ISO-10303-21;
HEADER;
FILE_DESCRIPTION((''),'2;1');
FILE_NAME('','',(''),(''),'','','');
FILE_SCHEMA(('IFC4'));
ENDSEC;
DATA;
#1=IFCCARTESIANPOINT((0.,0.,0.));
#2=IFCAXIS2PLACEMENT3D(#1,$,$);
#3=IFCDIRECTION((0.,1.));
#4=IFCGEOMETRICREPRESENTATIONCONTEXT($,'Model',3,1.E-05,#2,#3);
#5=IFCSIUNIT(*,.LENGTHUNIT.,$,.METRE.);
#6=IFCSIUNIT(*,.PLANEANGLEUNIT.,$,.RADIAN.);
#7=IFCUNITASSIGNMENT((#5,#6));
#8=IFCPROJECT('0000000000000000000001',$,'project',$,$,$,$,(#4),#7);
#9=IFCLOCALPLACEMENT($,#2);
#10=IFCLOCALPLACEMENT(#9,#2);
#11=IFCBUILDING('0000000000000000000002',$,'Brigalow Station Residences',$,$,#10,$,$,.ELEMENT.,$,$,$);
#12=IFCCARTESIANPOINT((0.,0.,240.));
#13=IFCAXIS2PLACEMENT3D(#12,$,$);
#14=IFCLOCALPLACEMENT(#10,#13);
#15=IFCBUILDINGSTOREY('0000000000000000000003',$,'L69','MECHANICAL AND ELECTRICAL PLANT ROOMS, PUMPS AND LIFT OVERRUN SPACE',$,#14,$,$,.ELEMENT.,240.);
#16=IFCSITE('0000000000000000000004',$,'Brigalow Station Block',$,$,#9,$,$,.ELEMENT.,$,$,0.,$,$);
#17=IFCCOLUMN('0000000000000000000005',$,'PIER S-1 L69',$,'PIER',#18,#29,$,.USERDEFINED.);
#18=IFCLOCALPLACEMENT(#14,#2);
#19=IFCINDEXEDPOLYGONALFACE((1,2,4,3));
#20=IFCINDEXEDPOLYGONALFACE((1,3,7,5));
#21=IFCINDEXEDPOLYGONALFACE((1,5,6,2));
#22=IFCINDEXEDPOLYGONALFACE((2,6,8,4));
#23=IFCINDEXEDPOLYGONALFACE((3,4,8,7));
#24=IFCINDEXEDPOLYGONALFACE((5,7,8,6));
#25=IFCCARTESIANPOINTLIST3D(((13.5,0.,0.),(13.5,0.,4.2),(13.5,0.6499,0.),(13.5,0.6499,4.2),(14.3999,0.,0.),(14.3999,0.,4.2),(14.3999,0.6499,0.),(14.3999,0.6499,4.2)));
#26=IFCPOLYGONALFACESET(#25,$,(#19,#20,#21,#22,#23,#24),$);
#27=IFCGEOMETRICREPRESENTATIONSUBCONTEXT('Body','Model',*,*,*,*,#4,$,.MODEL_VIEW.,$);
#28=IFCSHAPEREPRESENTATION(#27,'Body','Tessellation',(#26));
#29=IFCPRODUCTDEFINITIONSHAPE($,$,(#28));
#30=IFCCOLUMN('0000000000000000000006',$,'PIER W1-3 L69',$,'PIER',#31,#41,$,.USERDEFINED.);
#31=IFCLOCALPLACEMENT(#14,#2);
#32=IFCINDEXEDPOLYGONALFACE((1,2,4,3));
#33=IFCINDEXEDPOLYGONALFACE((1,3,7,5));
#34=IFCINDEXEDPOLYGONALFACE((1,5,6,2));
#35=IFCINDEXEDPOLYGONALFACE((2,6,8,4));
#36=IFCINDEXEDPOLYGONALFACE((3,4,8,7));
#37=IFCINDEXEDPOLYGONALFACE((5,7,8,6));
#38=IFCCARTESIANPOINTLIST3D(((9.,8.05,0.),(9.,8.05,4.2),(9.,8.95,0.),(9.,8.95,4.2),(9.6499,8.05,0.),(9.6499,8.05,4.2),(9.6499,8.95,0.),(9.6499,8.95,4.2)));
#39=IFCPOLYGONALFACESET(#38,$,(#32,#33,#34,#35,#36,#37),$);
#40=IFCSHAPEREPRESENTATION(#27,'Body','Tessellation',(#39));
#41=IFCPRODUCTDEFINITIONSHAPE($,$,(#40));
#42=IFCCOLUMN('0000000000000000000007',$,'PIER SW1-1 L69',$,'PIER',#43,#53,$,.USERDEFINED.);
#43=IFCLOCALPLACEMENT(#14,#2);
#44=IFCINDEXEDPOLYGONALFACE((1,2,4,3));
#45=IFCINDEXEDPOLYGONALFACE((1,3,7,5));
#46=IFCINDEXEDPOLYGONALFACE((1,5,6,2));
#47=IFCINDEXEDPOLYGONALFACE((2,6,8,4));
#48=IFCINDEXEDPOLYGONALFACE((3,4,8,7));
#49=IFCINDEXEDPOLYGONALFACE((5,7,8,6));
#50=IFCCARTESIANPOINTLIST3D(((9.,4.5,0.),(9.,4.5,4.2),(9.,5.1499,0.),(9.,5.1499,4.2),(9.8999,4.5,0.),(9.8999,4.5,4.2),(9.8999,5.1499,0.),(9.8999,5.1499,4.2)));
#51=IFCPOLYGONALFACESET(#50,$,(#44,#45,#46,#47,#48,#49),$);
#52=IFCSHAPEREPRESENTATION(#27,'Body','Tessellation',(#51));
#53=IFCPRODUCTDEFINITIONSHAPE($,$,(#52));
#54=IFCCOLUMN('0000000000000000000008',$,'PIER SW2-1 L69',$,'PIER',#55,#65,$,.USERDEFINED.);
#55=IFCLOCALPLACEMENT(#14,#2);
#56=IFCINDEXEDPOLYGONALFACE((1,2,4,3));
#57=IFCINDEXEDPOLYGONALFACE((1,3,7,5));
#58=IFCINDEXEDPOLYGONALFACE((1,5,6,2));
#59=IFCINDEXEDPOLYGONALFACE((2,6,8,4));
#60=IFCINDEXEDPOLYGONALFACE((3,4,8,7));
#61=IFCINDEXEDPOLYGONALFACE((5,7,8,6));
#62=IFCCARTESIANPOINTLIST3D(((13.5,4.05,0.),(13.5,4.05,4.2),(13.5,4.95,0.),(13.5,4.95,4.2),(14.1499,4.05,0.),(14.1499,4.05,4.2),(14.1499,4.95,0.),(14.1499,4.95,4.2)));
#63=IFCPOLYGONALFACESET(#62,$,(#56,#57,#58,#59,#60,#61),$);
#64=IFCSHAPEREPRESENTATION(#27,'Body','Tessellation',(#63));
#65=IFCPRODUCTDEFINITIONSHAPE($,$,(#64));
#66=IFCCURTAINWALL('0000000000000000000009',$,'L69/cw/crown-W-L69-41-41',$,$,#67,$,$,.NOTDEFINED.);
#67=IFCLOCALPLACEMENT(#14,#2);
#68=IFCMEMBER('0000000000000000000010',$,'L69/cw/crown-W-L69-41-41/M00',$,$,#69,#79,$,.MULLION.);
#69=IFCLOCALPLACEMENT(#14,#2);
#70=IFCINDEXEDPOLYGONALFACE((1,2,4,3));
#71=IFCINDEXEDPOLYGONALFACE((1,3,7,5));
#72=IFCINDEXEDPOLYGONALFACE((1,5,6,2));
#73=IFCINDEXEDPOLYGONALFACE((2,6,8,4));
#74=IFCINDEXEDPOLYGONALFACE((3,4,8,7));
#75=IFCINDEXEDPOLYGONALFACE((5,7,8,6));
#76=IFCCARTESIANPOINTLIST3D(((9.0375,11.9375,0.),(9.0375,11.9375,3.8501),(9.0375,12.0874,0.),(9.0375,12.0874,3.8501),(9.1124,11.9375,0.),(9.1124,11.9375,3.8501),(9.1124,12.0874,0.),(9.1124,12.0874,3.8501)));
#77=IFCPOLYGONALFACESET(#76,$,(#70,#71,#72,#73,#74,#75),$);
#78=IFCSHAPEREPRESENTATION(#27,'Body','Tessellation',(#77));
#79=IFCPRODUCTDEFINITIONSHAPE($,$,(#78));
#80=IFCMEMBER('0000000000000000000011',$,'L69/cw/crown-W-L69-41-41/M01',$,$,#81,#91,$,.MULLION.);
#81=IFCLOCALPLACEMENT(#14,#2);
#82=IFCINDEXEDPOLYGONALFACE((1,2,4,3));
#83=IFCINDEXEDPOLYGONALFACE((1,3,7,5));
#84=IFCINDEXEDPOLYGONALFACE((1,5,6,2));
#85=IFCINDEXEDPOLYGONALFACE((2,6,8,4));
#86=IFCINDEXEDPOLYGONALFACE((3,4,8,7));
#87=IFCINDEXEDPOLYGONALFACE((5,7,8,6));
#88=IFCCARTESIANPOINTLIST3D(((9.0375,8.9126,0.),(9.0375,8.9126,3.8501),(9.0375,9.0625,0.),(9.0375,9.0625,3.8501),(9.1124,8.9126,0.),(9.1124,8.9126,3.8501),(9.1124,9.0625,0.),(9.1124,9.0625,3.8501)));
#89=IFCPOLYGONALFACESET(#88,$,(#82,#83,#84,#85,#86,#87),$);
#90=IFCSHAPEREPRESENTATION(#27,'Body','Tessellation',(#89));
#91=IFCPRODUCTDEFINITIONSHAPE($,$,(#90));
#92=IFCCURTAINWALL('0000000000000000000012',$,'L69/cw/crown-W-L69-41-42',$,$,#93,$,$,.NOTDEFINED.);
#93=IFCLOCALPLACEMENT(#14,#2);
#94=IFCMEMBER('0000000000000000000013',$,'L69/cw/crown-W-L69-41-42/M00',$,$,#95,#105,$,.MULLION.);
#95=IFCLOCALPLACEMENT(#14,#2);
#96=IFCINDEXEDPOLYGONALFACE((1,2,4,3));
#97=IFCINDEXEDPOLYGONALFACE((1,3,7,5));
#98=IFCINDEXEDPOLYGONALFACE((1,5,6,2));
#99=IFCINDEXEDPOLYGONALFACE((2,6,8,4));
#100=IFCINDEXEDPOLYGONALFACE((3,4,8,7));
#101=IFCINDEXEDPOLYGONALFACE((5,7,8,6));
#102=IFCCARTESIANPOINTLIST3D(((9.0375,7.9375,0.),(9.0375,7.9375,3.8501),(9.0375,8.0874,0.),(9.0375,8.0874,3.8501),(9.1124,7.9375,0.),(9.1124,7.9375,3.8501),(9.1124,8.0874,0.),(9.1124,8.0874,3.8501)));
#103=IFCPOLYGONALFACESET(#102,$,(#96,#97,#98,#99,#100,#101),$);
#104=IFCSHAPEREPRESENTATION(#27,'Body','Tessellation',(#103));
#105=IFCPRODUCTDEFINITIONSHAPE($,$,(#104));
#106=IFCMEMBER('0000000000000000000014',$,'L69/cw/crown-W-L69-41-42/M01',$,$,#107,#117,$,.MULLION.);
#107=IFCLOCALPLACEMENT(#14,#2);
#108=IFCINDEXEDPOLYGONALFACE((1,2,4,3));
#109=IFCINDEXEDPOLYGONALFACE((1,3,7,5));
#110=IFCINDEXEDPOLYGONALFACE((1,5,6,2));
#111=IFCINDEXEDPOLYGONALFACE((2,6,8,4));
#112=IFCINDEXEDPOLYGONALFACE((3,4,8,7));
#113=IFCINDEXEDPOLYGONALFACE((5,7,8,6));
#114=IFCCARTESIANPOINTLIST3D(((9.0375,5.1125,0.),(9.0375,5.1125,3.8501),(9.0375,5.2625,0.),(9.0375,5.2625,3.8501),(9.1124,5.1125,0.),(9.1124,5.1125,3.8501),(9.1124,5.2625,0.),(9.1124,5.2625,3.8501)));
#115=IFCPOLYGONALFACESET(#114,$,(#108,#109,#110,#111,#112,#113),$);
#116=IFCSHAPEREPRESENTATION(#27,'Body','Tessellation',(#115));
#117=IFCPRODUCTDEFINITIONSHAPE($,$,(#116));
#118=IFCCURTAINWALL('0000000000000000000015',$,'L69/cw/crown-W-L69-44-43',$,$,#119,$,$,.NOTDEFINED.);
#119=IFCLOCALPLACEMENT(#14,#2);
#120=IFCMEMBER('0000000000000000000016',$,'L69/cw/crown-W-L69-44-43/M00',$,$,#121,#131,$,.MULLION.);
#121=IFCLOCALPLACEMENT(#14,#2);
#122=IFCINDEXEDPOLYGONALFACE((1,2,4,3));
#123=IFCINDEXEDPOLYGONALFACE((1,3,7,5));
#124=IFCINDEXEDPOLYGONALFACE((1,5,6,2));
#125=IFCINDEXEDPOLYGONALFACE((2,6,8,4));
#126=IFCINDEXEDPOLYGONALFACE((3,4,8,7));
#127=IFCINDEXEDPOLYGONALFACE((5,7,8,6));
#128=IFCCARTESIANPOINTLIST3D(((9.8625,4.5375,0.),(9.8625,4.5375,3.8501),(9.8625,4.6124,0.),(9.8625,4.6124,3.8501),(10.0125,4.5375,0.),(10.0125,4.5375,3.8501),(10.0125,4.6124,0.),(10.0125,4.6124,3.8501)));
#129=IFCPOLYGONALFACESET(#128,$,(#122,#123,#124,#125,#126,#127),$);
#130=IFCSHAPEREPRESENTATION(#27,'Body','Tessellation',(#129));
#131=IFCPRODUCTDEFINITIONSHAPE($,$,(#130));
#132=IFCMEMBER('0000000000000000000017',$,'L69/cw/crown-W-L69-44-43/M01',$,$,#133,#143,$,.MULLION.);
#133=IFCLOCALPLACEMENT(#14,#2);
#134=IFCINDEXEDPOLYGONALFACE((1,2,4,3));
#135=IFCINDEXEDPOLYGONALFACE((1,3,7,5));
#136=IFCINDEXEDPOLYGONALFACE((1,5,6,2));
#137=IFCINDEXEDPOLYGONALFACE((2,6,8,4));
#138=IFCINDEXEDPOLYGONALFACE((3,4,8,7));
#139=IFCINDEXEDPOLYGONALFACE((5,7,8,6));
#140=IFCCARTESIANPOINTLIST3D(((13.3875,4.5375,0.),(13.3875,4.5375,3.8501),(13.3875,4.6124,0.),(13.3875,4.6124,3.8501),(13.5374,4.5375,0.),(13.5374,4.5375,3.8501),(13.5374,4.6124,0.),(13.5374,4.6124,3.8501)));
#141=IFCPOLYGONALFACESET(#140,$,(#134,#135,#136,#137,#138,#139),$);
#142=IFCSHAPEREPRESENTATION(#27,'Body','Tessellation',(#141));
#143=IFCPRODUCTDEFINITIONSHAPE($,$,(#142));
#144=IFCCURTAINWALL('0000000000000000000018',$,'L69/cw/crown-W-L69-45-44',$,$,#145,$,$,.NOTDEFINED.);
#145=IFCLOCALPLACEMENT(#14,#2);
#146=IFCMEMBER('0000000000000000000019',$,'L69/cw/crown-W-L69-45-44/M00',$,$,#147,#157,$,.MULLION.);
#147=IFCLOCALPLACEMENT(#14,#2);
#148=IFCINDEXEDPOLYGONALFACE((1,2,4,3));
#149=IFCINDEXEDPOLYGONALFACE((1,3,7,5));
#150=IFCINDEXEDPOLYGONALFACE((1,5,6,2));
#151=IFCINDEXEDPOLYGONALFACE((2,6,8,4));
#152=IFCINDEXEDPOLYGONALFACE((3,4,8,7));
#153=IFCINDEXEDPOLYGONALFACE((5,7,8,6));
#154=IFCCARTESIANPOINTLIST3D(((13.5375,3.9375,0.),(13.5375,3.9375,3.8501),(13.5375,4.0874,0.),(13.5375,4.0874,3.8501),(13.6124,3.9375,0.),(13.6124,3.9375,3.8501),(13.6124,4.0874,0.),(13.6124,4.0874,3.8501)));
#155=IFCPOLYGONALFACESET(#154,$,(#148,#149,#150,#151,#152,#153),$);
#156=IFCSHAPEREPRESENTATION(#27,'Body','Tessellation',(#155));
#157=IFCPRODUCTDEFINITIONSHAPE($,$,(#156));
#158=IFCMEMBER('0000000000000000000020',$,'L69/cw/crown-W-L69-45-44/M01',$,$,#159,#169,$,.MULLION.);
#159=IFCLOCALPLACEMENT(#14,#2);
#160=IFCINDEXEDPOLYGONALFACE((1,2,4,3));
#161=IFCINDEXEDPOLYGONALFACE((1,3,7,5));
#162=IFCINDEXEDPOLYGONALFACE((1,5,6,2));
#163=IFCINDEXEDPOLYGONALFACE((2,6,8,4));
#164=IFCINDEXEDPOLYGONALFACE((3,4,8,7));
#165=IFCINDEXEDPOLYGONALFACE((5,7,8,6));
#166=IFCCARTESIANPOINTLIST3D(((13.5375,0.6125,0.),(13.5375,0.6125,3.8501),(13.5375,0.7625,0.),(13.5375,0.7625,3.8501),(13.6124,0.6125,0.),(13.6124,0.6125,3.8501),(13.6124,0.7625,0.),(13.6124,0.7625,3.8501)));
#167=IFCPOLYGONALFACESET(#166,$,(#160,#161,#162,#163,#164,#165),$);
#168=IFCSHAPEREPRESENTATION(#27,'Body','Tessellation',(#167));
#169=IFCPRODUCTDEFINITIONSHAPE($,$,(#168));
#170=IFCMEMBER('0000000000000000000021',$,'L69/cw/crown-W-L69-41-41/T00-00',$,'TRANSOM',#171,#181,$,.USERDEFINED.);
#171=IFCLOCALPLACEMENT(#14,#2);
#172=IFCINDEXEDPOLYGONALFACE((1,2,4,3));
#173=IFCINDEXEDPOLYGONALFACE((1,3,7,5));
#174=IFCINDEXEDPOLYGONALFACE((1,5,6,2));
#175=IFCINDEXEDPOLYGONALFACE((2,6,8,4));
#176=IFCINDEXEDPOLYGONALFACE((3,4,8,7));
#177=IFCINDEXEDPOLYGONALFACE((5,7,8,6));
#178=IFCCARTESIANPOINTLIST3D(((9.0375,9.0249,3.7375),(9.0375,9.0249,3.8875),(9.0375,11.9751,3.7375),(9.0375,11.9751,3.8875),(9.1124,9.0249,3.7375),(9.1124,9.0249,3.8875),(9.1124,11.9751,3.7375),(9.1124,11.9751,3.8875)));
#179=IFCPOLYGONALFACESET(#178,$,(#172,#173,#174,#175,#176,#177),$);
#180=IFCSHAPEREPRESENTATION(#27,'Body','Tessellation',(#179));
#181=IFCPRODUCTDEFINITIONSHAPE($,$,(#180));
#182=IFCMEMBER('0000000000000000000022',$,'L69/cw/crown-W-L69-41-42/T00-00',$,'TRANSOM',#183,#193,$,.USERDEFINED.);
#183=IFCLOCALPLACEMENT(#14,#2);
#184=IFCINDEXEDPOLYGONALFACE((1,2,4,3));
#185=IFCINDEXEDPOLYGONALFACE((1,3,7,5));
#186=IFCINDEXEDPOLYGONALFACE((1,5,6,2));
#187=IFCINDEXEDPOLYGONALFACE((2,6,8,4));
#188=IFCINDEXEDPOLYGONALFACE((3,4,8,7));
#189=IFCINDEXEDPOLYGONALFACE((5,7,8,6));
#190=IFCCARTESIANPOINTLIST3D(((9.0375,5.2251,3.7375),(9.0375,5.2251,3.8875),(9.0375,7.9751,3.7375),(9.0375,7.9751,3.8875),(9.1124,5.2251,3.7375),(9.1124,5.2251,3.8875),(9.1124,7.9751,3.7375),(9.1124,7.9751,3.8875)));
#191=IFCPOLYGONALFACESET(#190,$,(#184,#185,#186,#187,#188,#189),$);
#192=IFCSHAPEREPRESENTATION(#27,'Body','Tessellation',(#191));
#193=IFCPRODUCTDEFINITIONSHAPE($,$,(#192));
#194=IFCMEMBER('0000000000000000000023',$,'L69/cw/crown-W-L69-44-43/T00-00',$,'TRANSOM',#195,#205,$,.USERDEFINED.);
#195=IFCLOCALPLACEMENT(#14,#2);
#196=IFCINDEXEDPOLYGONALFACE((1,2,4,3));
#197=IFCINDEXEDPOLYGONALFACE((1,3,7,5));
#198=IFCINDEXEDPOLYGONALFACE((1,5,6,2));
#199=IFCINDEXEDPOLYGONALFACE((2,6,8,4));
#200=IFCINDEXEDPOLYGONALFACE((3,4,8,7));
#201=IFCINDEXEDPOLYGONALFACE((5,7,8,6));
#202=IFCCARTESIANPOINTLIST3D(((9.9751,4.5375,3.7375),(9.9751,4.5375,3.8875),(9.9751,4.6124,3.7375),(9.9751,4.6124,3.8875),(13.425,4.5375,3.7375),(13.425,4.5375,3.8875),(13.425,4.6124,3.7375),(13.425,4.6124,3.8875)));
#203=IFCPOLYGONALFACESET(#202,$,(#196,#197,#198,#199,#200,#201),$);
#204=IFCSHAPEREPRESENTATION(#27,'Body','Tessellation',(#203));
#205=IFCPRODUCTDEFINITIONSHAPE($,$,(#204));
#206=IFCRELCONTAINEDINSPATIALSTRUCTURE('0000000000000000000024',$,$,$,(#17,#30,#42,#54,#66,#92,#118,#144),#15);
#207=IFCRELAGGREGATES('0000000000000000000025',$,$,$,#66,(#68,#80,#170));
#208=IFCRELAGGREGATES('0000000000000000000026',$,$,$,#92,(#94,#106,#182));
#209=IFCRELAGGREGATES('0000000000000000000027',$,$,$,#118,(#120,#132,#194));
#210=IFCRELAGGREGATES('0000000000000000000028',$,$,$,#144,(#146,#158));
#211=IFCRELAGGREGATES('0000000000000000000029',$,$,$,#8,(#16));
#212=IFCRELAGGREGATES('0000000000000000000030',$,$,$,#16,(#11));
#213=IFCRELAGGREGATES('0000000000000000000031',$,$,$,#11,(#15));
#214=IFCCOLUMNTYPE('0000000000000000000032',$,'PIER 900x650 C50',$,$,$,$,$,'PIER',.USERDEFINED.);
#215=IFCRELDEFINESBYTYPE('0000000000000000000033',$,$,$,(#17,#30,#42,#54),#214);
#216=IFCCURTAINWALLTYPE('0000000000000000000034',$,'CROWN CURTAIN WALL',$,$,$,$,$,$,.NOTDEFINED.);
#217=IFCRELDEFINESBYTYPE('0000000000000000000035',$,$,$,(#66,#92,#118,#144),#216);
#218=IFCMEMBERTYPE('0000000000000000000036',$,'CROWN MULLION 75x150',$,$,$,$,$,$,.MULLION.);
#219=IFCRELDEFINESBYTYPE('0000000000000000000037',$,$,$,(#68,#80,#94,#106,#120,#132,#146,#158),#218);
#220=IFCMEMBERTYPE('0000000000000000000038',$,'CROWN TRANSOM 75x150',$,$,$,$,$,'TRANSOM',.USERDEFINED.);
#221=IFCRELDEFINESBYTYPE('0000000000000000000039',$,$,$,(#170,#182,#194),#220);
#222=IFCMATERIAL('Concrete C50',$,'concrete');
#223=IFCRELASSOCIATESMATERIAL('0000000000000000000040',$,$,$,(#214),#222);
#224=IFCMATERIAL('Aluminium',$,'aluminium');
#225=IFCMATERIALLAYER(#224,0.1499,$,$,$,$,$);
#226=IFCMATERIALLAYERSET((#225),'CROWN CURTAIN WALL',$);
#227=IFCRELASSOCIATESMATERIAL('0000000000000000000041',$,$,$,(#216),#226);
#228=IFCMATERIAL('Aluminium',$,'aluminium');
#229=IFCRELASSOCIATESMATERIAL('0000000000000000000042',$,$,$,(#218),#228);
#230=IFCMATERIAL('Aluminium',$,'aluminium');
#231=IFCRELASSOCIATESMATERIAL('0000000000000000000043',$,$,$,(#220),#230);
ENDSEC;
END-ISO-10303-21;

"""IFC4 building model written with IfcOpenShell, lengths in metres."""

from ifc_helpers import new_model, si_unit, direction, frame, origin, origin_2d, place, context, subcontext, project, spatial, rectangle, extrude, material, layer, layer_set, material_profile, profile_set, type_object, element, aggregate, save


model = new_model("IFC4")

# Units and contexts
model_context = context("Model", 3, precision=1e-05, world=origin(), true_north=direction((0.0, 1.0)))
body_context = subcontext(model_context, "Body", "Model", "MODEL_VIEW")
ifc_project = project(units=[si_unit("LENGTHUNIT", "METRE"), si_unit("PLANEANGLEUNIT", "RADIAN")], contexts=[model_context])

# Site, building, storey
site_placement = place(None, origin())
site = spatial("IfcSite", under=ifc_project, at=site_placement, Name="Brigalow Station Block", CompositionType="ELEMENT", RefElevation=0.0)
building_placement = place(site_placement, origin())
building = spatial("IfcBuilding", under=site, at=building_placement, Name="Brigalow Station Residences", CompositionType="ELEMENT")
storey_placement = place(building_placement, frame((0.0, 0.0, 240.0)))
storey = spatial("IfcBuildingStorey", under=building, at=storey_placement, Name="L69", Description="MECHANICAL AND ELECTRICAL PLANT ROOMS, PUMPS AND LIFT OVERRUN SPACE", CompositionType="ELEMENT", Elevation=240.0)

# Columns
ifc_material_1 = material(Name="Concrete C50", Category="concrete")
ifc_material_profile_1 = material_profile(ifc_material_1, rectangle(XDim=0.8999, YDim=0.6499, at=origin_2d()), Name="RC900x650")
ifc_profile_set_1 = profile_set([ifc_material_profile_1], Name="Concrete C50")
column_type = type_object("IfcColumnType", Name="PIER 900x650 C50", ElementType="PIER", PredefinedType="USERDEFINED", material=ifc_profile_set_1)
for number, where, z_axis, x_axis, name in (
    (1, (13.95, 0.325, 0.0), (0.0, 0.0, 1.0), (1.0, 0.0, 0.0), "PIER S-1 L69"),
    (2, (9.325, 8.5, 0.0), (0.0, 0.0, 1.0), (0.0, -1.0, 0.0), "PIER W1-3 L69"),
    (3, (9.45, 4.825, 0.0), (0.0, 0.0, 1.0), (1.0, 0.0, 0.0), "PIER SW1-1 L69"),
    (4, (13.825, 4.5, 0.0), (0.0, 0.0, 1.0), (0.0, -1.0, 0.0), "PIER SW2-1 L69"),
):
    element("IfcColumn", number, at=place(storey_placement, frame(where, z_axis=z_axis, x_axis=x_axis)), inside=storey, type_object=column_type, Name=name, ObjectType="PIER", PredefinedType="USERDEFINED", context=body_context, shape_type="SweptSolid", body=[
        extrude(rectangle(XDim=0.8999, YDim=0.6499, at=origin_2d()), origin(), (0.0, 0.0, 1.0), 4.2),
    ])

# Curtain walls, members
ifc_material_2 = material(Name="Aluminium", Category="aluminium")
ifc_layer_1 = layer(ifc_material_2, 0.1499)
ifc_layer_set_1 = layer_set([ifc_layer_1], Name="CROWN CURTAIN WALL")
curtain_wall_type = type_object("IfcCurtainWallType", Name="CROWN CURTAIN WALL", PredefinedType="NOTDEFINED", material=ifc_layer_set_1)
curtain_wall_1_placement = place(storey_placement, origin())
curtain_wall_1 = element("IfcCurtainWall", 5, at=curtain_wall_1_placement, inside=storey, type_object=curtain_wall_type, Name="L69/cw/crown-W-L69-41-41", PredefinedType="NOTDEFINED")
ifc_material_3 = material(Name="Aluminium", Category="aluminium")
ifc_material_profile_2 = material_profile(ifc_material_3, rectangle(XDim=0.075, YDim=0.1499, at=origin_2d()), Name="CROWN MULLION 75x150")
ifc_profile_set_2 = profile_set([ifc_material_profile_2], Name="Aluminium")
member_type_1 = type_object("IfcMemberType", Name="CROWN MULLION 75x150", PredefinedType="MULLION", material=ifc_profile_set_2)
member_1_placement = place(storey_placement, frame((9.075, 12.0125, 0.0), z_axis=(0.0, 0.0, 1.0), x_axis=(1.0, 0.0, 0.0)))
member_1 = element("IfcMember", 6, at=member_1_placement, type_object=member_type_1, Name="L69/cw/crown-W-L69-41-41/M00", PredefinedType="MULLION", context=body_context, shape_type="SweptSolid", body=[
    extrude(rectangle(XDim=0.075, YDim=0.1499, at=origin_2d()), origin(), (0.0, 0.0, 1.0), 3.8501),
])
member_2_placement = place(storey_placement, frame((9.075, 8.9875, 0.0), z_axis=(0.0, 0.0, 1.0), x_axis=(1.0, 0.0, 0.0)))
member_2 = element("IfcMember", 7, at=member_2_placement, type_object=member_type_1, Name="L69/cw/crown-W-L69-41-41/M01", PredefinedType="MULLION", context=body_context, shape_type="SweptSolid", body=[
    extrude(rectangle(XDim=0.075, YDim=0.1499, at=origin_2d()), origin(), (0.0, 0.0, 1.0), 3.8501),
])
curtain_wall_2_placement = place(storey_placement, origin())
curtain_wall_2 = element("IfcCurtainWall", 8, at=curtain_wall_2_placement, inside=storey, type_object=curtain_wall_type, Name="L69/cw/crown-W-L69-41-42", PredefinedType="NOTDEFINED")
member_3_placement = place(storey_placement, frame((9.075, 8.0125, 0.0), z_axis=(0.0, 0.0, 1.0), x_axis=(1.0, 0.0, 0.0)))
member_3 = element("IfcMember", 9, at=member_3_placement, type_object=member_type_1, Name="L69/cw/crown-W-L69-41-42/M00", PredefinedType="MULLION", context=body_context, shape_type="SweptSolid", body=[
    extrude(rectangle(XDim=0.075, YDim=0.1499, at=origin_2d()), origin(), (0.0, 0.0, 1.0), 3.8501),
])
member_4_placement = place(storey_placement, frame((9.075, 5.1875, 0.0), z_axis=(0.0, 0.0, 1.0), x_axis=(1.0, 0.0, 0.0)))
member_4 = element("IfcMember", 10, at=member_4_placement, type_object=member_type_1, Name="L69/cw/crown-W-L69-41-42/M01", PredefinedType="MULLION", context=body_context, shape_type="SweptSolid", body=[
    extrude(rectangle(XDim=0.075, YDim=0.1499, at=origin_2d()), origin(), (0.0, 0.0, 1.0), 3.8501),
])
curtain_wall_3_placement = place(storey_placement, origin())
curtain_wall_3 = element("IfcCurtainWall", 11, at=curtain_wall_3_placement, inside=storey, type_object=curtain_wall_type, Name="L69/cw/crown-W-L69-44-43", PredefinedType="NOTDEFINED")
member_5_placement = place(storey_placement, frame((9.9375, 4.575, 0.0), z_axis=(0.0, 0.0, 1.0), x_axis=(0.0, 1.0, 0.0)))
member_5 = element("IfcMember", 12, at=member_5_placement, type_object=member_type_1, Name="L69/cw/crown-W-L69-44-43/M00", PredefinedType="MULLION", context=body_context, shape_type="SweptSolid", body=[
    extrude(rectangle(XDim=0.075, YDim=0.1499, at=origin_2d()), origin(), (0.0, 0.0, 1.0), 3.8501),
])
member_6_placement = place(storey_placement, frame((13.4624, 4.575, 0.0), z_axis=(0.0, 0.0, 1.0), x_axis=(0.0, 1.0, 0.0)))
member_6 = element("IfcMember", 13, at=member_6_placement, type_object=member_type_1, Name="L69/cw/crown-W-L69-44-43/M01", PredefinedType="MULLION", context=body_context, shape_type="SweptSolid", body=[
    extrude(rectangle(XDim=0.075, YDim=0.1499, at=origin_2d()), origin(), (0.0, 0.0, 1.0), 3.8501),
])
curtain_wall_4_placement = place(storey_placement, origin())
curtain_wall_4 = element("IfcCurtainWall", 14, at=curtain_wall_4_placement, inside=storey, type_object=curtain_wall_type, Name="L69/cw/crown-W-L69-45-44", PredefinedType="NOTDEFINED")
member_7_placement = place(storey_placement, frame((13.575, 4.0125, 0.0), z_axis=(0.0, 0.0, 1.0), x_axis=(1.0, 0.0, 0.0)))
member_7 = element("IfcMember", 15, at=member_7_placement, type_object=member_type_1, Name="L69/cw/crown-W-L69-45-44/M00", PredefinedType="MULLION", context=body_context, shape_type="SweptSolid", body=[
    extrude(rectangle(XDim=0.075, YDim=0.1499, at=origin_2d()), origin(), (0.0, 0.0, 1.0), 3.8501),
])
member_8_placement = place(storey_placement, frame((13.575, 0.6875, 0.0), z_axis=(0.0, 0.0, 1.0), x_axis=(1.0, 0.0, 0.0)))
member_8 = element("IfcMember", 16, at=member_8_placement, type_object=member_type_1, Name="L69/cw/crown-W-L69-45-44/M01", PredefinedType="MULLION", context=body_context, shape_type="SweptSolid", body=[
    extrude(rectangle(XDim=0.075, YDim=0.1499, at=origin_2d()), origin(), (0.0, 0.0, 1.0), 3.8501),
])

# Members
ifc_material_4 = material(Name="Aluminium", Category="aluminium")
ifc_material_profile_3 = material_profile(ifc_material_4, rectangle(XDim=0.075, YDim=0.1499, at=origin_2d()), Name="CROWN TRANSOM 75x150")
ifc_profile_set_3 = profile_set([ifc_material_profile_3], Name="Aluminium")
member_type_2 = type_object("IfcMemberType", Name="CROWN TRANSOM 75x150", ElementType="TRANSOM", PredefinedType="USERDEFINED", material=ifc_profile_set_3)
member_9_placement = place(storey_placement, frame((9.075, 11.9751, 3.8125), z_axis=(0.0, -1.0, 0.0), x_axis=(1.0, 0.0, 0.0)))
member_9 = element("IfcMember", 17, at=member_9_placement, type_object=member_type_2, Name="L69/cw/crown-W-L69-41-41/T00-00", ObjectType="TRANSOM", PredefinedType="USERDEFINED", context=body_context, shape_type="SweptSolid", body=[
    extrude(rectangle(XDim=0.075, YDim=0.1499, at=origin_2d()), origin(), (0.0, 0.0, 1.0), 2.9502),
])
member_10_placement = place(storey_placement, frame((9.075, 7.9751, 3.8125), z_axis=(0.0, -1.0, 0.0), x_axis=(1.0, 0.0, 0.0)))
member_10 = element("IfcMember", 18, at=member_10_placement, type_object=member_type_2, Name="L69/cw/crown-W-L69-41-42/T00-00", ObjectType="TRANSOM", PredefinedType="USERDEFINED", context=body_context, shape_type="SweptSolid", body=[
    extrude(rectangle(XDim=0.075, YDim=0.1499, at=origin_2d()), origin(), (0.0, 0.0, 1.0), 2.75),
])
member_11_placement = place(storey_placement, frame((9.9751, 4.575, 3.8125), z_axis=(1.0, 0.0, 0.0), x_axis=(0.0, 1.0, 0.0)))
member_11 = element("IfcMember", 19, at=member_11_placement, type_object=member_type_2, Name="L69/cw/crown-W-L69-44-43/T00-00", ObjectType="TRANSOM", PredefinedType="USERDEFINED", context=body_context, shape_type="SweptSolid", body=[
    extrude(rectangle(XDim=0.075, YDim=0.1499, at=origin_2d()), origin(), (0.0, 0.0, 1.0), 3.45),
])

aggregate(curtain_wall_1, [member_1, member_2, member_9])
aggregate(curtain_wall_2, [member_3, member_4, member_10])
aggregate(curtain_wall_3, [member_5, member_6, member_11])
aggregate(curtain_wall_4, [member_7, member_8])

save(model, "model.ifc")
